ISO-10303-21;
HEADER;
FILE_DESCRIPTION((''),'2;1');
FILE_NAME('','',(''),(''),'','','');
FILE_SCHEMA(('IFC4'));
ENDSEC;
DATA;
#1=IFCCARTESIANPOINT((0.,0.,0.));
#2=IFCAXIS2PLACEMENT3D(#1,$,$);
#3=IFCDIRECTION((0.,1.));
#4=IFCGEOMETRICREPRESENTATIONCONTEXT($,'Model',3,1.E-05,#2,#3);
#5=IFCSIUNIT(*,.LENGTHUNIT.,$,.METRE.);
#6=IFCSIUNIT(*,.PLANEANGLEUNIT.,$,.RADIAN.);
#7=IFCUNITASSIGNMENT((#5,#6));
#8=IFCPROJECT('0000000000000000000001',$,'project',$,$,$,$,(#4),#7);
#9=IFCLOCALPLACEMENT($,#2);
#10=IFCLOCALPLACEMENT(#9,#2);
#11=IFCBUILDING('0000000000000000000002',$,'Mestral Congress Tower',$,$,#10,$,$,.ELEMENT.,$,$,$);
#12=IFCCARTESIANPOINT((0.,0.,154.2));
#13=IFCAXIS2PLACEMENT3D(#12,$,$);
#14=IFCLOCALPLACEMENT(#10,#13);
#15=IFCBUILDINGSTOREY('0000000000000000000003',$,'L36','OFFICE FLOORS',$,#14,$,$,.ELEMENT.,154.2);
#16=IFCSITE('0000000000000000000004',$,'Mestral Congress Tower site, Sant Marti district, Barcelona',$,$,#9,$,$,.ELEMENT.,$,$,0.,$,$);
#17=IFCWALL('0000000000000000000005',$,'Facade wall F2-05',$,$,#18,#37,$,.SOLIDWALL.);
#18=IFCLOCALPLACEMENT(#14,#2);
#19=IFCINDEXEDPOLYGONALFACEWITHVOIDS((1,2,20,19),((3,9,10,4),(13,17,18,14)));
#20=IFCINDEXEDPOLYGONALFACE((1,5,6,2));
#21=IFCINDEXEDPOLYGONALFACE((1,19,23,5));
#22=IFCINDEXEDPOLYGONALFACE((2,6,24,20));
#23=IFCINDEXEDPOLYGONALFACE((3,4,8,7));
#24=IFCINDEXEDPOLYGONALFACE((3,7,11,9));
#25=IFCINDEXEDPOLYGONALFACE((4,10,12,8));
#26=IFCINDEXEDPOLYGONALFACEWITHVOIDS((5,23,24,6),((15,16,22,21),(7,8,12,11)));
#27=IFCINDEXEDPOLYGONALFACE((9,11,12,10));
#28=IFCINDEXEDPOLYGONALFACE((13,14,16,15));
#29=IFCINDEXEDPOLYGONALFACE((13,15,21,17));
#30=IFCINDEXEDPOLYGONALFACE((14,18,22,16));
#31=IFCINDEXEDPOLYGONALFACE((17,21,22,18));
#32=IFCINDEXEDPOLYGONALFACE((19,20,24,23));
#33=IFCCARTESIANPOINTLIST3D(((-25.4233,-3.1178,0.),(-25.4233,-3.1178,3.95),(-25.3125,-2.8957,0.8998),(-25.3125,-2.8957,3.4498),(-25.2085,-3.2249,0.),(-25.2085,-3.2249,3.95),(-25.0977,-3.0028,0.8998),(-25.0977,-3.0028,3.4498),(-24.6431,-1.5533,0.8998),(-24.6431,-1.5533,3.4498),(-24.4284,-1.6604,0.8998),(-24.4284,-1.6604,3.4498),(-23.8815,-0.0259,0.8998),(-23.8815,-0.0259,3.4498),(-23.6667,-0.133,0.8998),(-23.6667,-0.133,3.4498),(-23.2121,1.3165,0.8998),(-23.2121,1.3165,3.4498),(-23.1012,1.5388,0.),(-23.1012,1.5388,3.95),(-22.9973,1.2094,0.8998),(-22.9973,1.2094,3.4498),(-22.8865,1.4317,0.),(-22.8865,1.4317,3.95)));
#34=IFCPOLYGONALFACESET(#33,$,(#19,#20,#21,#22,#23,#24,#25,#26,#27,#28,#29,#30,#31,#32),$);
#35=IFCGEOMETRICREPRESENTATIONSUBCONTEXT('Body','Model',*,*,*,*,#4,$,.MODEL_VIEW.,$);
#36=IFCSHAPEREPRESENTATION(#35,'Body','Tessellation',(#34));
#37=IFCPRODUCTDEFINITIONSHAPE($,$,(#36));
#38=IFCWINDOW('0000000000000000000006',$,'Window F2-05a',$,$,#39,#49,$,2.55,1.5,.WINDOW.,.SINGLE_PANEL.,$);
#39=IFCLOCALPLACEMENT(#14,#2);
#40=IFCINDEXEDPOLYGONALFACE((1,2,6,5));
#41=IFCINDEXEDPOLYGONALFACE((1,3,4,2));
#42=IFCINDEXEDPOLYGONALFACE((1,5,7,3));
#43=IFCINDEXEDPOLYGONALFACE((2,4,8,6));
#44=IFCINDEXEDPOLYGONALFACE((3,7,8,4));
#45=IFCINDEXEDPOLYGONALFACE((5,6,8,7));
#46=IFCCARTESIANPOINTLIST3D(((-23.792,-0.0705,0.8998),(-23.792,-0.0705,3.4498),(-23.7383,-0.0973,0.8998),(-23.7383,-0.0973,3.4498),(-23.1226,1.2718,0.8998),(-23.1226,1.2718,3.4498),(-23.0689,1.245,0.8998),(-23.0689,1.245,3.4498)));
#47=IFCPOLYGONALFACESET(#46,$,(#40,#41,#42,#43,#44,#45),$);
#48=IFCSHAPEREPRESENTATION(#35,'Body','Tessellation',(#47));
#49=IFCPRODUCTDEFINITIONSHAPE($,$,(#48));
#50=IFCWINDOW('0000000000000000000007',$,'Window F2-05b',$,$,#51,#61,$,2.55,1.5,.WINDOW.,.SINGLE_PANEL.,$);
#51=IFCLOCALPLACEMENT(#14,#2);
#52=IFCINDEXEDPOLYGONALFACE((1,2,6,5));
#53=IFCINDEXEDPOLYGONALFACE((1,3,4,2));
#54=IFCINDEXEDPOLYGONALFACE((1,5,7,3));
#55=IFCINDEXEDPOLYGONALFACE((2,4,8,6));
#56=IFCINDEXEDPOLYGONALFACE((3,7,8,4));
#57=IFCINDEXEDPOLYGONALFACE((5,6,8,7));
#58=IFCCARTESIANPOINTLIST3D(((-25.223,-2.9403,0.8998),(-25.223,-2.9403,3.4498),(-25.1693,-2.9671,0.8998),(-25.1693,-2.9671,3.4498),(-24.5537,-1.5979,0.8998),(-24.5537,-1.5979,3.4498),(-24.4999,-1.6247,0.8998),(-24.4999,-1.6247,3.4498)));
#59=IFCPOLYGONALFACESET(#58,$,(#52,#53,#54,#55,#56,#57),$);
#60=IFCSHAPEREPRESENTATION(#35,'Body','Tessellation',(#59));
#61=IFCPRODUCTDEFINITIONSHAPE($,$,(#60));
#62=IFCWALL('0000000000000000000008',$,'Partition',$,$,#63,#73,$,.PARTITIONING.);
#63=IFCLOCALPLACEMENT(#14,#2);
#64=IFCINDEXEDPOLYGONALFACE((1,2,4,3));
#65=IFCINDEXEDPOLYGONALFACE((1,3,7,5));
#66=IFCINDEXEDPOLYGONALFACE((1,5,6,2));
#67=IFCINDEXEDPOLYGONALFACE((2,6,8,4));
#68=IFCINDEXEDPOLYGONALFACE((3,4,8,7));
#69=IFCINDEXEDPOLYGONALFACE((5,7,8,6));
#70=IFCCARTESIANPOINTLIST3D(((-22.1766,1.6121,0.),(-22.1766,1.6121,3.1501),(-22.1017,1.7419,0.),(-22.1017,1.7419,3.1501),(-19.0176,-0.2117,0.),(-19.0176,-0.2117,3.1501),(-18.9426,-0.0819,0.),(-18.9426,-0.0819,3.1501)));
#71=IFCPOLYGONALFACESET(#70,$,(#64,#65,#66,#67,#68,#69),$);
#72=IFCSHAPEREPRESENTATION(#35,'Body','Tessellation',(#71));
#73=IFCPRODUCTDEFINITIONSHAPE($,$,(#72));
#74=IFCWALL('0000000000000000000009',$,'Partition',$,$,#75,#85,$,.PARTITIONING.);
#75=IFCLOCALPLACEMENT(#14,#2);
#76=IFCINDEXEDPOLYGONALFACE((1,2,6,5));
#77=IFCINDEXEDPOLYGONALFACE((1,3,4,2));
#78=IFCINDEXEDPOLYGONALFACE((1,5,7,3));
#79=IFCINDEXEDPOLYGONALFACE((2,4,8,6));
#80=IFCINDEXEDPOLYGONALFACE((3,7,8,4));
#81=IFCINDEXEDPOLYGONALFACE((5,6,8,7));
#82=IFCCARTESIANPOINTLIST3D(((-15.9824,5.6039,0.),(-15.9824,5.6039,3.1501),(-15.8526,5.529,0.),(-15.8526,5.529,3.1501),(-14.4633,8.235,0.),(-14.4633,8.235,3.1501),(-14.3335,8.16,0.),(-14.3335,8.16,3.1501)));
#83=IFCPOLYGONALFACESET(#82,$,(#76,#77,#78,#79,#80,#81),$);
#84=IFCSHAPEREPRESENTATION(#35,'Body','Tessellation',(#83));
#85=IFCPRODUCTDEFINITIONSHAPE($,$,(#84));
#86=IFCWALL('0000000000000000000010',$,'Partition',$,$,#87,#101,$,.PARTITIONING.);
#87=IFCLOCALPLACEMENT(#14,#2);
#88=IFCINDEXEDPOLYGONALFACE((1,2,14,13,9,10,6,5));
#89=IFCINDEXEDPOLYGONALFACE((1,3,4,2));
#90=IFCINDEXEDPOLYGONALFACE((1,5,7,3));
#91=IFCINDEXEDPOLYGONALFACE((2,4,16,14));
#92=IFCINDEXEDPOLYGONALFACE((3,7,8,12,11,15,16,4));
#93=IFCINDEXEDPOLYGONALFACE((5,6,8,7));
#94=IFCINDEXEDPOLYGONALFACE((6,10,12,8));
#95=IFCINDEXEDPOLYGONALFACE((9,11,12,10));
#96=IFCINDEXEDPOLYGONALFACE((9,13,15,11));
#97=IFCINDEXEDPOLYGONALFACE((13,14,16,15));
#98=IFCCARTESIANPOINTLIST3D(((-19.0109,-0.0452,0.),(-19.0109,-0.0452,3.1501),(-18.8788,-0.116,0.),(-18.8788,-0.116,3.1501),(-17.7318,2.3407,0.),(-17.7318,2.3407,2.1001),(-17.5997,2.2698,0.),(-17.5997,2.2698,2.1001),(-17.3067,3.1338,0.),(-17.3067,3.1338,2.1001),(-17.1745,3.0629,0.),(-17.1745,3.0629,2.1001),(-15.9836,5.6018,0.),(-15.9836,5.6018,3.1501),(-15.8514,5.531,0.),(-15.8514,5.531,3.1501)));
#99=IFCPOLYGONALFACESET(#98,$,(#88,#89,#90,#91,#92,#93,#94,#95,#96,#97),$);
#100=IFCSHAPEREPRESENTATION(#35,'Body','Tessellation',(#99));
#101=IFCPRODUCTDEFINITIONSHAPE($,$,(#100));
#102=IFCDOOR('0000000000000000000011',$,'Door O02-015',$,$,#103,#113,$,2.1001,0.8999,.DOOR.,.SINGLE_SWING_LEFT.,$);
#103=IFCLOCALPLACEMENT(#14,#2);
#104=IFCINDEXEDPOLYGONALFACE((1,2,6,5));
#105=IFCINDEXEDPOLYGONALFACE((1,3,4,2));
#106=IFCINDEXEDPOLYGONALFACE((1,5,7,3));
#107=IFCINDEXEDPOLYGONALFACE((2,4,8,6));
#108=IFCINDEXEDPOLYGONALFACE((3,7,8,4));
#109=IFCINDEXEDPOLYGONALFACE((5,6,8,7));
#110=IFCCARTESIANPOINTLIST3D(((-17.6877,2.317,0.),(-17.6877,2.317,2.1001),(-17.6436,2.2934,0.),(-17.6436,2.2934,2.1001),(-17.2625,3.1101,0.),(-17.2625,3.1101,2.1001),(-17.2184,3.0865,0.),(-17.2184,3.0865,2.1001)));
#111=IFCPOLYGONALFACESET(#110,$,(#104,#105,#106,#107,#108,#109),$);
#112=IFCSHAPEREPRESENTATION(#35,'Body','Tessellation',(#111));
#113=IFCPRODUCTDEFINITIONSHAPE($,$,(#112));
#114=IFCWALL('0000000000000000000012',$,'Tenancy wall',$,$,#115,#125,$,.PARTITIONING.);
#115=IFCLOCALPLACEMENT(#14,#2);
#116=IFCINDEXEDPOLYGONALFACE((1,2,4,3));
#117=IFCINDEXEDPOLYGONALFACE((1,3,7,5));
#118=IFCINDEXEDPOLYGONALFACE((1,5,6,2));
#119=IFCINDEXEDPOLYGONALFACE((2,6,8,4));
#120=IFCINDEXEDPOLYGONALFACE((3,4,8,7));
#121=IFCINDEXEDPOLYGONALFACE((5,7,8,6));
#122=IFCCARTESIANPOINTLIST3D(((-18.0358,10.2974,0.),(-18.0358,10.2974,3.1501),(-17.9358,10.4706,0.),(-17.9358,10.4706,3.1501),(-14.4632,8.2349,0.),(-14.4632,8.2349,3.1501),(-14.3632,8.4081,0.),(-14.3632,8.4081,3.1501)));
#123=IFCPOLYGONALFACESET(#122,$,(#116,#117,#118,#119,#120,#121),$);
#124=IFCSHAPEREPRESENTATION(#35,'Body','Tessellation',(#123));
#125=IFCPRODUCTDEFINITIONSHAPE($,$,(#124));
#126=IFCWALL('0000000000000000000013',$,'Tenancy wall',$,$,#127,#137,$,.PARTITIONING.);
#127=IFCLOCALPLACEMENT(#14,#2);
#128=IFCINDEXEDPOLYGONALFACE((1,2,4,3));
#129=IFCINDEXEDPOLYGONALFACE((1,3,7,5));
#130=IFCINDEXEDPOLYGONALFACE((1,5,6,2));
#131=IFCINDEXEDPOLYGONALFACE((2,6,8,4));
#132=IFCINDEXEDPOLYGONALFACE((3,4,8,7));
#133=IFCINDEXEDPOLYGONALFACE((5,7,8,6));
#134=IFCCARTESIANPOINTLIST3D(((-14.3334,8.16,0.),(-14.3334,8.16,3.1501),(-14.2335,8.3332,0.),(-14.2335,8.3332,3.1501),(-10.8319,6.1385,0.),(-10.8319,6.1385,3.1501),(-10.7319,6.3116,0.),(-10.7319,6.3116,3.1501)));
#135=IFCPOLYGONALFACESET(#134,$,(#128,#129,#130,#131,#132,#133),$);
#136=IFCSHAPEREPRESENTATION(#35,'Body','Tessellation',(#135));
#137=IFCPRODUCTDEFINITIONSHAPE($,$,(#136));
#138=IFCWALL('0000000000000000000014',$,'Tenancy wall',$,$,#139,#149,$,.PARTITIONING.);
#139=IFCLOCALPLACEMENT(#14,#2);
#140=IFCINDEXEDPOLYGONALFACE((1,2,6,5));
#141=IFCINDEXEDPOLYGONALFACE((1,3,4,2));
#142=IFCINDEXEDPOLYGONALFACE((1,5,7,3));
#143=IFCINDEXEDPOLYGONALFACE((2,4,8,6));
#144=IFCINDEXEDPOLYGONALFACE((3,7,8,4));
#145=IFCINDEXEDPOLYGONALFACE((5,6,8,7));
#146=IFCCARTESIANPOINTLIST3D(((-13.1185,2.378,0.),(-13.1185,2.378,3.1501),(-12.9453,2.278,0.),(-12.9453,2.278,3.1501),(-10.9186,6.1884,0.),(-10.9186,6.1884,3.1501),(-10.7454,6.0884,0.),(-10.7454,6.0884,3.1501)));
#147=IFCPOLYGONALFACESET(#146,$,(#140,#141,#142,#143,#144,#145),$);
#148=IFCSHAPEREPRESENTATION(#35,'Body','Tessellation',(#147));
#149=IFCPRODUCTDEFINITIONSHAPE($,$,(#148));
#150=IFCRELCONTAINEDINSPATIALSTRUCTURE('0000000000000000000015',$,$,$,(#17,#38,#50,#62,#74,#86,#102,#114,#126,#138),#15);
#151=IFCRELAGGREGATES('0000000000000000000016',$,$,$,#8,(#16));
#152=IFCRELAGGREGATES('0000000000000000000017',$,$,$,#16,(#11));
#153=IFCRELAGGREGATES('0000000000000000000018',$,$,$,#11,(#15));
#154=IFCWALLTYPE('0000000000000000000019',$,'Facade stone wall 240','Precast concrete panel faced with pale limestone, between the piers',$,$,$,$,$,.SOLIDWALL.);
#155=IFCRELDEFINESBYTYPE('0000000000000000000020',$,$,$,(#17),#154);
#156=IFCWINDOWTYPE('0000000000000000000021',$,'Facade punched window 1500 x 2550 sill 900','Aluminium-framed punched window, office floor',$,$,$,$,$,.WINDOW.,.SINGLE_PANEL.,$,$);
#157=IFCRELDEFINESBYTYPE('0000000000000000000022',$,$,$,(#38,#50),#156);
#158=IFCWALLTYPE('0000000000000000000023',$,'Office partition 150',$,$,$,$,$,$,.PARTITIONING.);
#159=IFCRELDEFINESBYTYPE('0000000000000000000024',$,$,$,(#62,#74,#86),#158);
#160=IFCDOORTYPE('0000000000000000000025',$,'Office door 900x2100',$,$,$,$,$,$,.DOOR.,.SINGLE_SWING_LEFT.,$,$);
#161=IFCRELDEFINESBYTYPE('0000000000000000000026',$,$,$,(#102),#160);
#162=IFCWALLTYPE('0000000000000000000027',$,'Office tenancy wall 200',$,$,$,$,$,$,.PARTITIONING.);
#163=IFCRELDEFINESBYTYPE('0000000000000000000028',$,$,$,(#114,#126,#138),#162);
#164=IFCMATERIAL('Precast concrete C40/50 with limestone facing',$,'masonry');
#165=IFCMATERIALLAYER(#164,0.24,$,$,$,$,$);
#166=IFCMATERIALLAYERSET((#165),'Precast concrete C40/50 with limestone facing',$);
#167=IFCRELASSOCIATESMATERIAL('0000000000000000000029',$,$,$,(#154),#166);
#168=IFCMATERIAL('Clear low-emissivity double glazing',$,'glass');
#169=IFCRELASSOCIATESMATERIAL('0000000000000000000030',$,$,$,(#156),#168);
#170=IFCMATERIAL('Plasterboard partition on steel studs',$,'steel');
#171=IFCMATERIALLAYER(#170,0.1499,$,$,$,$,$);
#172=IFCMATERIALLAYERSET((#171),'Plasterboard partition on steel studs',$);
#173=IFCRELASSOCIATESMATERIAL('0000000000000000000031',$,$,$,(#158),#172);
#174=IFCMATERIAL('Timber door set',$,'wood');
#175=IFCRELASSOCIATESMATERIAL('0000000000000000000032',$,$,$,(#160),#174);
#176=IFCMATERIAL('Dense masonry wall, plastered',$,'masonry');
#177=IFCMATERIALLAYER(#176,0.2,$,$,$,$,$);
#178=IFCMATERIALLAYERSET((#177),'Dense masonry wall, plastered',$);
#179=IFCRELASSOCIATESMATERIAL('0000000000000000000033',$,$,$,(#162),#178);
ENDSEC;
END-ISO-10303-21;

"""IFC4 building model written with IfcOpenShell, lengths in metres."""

from ifc_helpers import new_model, si_unit, direction, frame, frame_2d, origin, place, context, subcontext, project, spatial, rectangle, extrude, material, layer, layer_set, type_object, element, fill, save


model = new_model("IFC4")

# Units and contexts
model_context = context("Model", 3, precision=1e-05, world=origin(), true_north=direction((0.0, 1.0)))
body_context = subcontext(model_context, "Body", "Model", "MODEL_VIEW")
ifc_project = project(units=[si_unit("LENGTHUNIT", "METRE"), si_unit("PLANEANGLEUNIT", "RADIAN")], contexts=[model_context])

# Site, building, storey
site_placement = place(None, origin())
site = spatial("IfcSite", under=ifc_project, at=site_placement, Name="Mestral Congress Tower site, Sant Marti district, Barcelona", CompositionType="ELEMENT", RefElevation=0.0)
building_placement = place(site_placement, origin())
building = spatial("IfcBuilding", under=site, at=building_placement, Name="Mestral Congress Tower", CompositionType="ELEMENT")
storey_placement = place(building_placement, frame((0.0, 0.0, 154.2)))
storey = spatial("IfcBuildingStorey", under=building, at=storey_placement, Name="L36", Description="OFFICE FLOORS", CompositionType="ELEMENT", Elevation=154.2)

# Wall, openings, windows
ifc_material_1 = material(Name="Precast concrete C40/50 with limestone facing", Category="masonry")
ifc_layer_1 = layer(ifc_material_1, 0.24)
ifc_layer_set_1 = layer_set([ifc_layer_1], Name="Precast concrete C40/50 with limestone facing")
wall_type_1 = type_object("IfcWallType", Name="Facade stone wall 240", Description="Precast concrete panel faced with pale limestone, between the piers", PredefinedType="SOLIDWALL", material=ifc_layer_set_1)
ifc_material_2 = material(Name="Clear low-emissivity double glazing", Category="glass")
window_type = type_object("IfcWindowType", Name="Facade punched window 1500 x 2550 sill 900", Description="Aluminium-framed punched window, office floor", PartitioningType="SINGLE_PANEL", PredefinedType="WINDOW", material=ifc_material_2)
wall_1_placement = place(storey_placement, frame((-22.9939, 1.4851, 0.0), z_axis=(0.0, 0.0, 1.0), x_axis=(-0.446256, -0.894905, 0.0)))
wall_1 = element("IfcWall", 1, at=wall_1_placement, inside=storey, type_object=wall_type_1, Name="Facade wall F2-05", PredefinedType="SOLIDWALL", context=body_context, shape_type="SweptSolid", body=[
    extrude(rectangle(XDim=5.2034, YDim=0.24, at=frame_2d((2.6016, 0.0))), origin(), (0.0, 0.0, 1.0), 3.95),
])
opening_1_placement = place(wall_1_placement, frame((0.2483, 0.0, 0.8999)))
opening_1 = element("IfcOpeningElement", 2, at=opening_1_placement, cuts=wall_1, PredefinedType="OPENING", context=body_context, shape_type="SweptSolid", body=[
    extrude(rectangle(XDim=1.5, YDim=2.55, at=frame_2d((0.75, 1.2749))), frame((0.0, 0.1299, 0.0), z_axis=(0.0, -1.0, 0.0), x_axis=(1.0, 0.0, 0.0)), (0.0, 0.0, 1.0), 0.26),
])
opening_2_placement = place(wall_1_placement, frame((3.4551, 0.0, 0.8999)))
opening_2 = element("IfcOpeningElement", 3, at=opening_2_placement, cuts=wall_1, PredefinedType="OPENING", context=body_context, shape_type="SweptSolid", body=[
    extrude(rectangle(XDim=1.5, YDim=2.55, at=frame_2d((0.75, 1.2749))), frame((0.0, 0.1299, 0.0), z_axis=(0.0, -1.0, 0.0), x_axis=(1.0, 0.0, 0.0)), (0.0, 0.0, 1.0), 0.26),
])
window_1_placement = place(opening_1_placement, origin())
window_1 = element("IfcWindow", 4, at=window_1_placement, inside=storey, type_object=window_type, Name="Window F2-05a", OverallHeight=2.55, OverallWidth=1.5, PartitioningType="SINGLE_PANEL", PredefinedType="WINDOW", context=body_context, shape_type="SweptSolid", body=[
    extrude(rectangle(XDim=1.5, YDim=2.55, at=frame_2d((0.75, 1.2749))), frame((0.0, 0.04, 0.0), z_axis=(0.0, -1.0, 0.0), x_axis=(1.0, 0.0, 0.0)), (0.0, 0.0, 1.0), 0.0601),
])
fill(opening_1, window_1)
window_2_placement = place(opening_2_placement, origin())
window_2 = element("IfcWindow", 5, at=window_2_placement, inside=storey, type_object=window_type, Name="Window F2-05b", OverallHeight=2.55, OverallWidth=1.5, PartitioningType="SINGLE_PANEL", PredefinedType="WINDOW", context=body_context, shape_type="SweptSolid", body=[
    extrude(rectangle(XDim=1.5, YDim=2.55, at=frame_2d((0.75, 1.2749))), frame((0.0, 0.04, 0.0), z_axis=(0.0, -1.0, 0.0), x_axis=(1.0, 0.0, 0.0)), (0.0, 0.0, 1.0), 0.0601),
])
fill(opening_2, window_2)

# Walls
ifc_material_3 = material(Name="Plasterboard partition on steel studs", Category="steel")
ifc_layer_2 = layer(ifc_material_3, 0.1499)
ifc_layer_set_2 = layer_set([ifc_layer_2], Name="Plasterboard partition on steel studs")
wall_type_2 = type_object("IfcWallType", Name="Office partition 150", PredefinedType="PARTITIONING", material=ifc_layer_set_2)
wall_2_placement = place(storey_placement, frame((-18.9802, -0.1467, 0.0), z_axis=(0.0, 0.0, 1.0), x_axis=(-0.866035, 0.499983, 0.0)))
element("IfcWall", 6, at=wall_2_placement, inside=storey, type_object=wall_type_2, Name="Partition", PredefinedType="PARTITIONING", context=body_context, shape_type="SweptSolid", body=[
    extrude(rectangle(XDim=3.6477, YDim=0.1499, at=frame_2d((1.8237, 0.0))), origin(), (0.0, 0.0, 1.0), 3.1501),
])
wall_3_placement = place(storey_placement, frame((-14.3984, 8.1975, 0.0), z_axis=(0.0, 0.0, 1.0), x_axis=(-0.499994, -0.866029, 0.0)))
element("IfcWall", 7, at=wall_3_placement, inside=storey, type_object=wall_type_2, Name="Partition", PredefinedType="PARTITIONING", context=body_context, shape_type="SweptSolid", body=[
    extrude(rectangle(XDim=3.0381, YDim=0.1499, at=frame_2d((1.519, 0.0))), origin(), (0.0, 0.0, 1.0), 3.1501),
])

# Wall, opening, door
wall_4_placement = place(storey_placement, frame((-18.9448, -0.0806, 0.0), z_axis=(0.0, 0.0, 1.0), x_axis=(0.472486, 0.881338, 0.0)))
wall_4 = element("IfcWall", 8, at=wall_4_placement, inside=storey, type_object=wall_type_2, Name="Partition", PredefinedType="PARTITIONING", context=body_context, shape_type="SweptSolid", body=[
    extrude(rectangle(XDim=6.4072, YDim=0.1499, at=frame_2d((3.2036, 0.0))), origin(), (0.0, 0.0, 1.0), 3.1501),
])
opening_3_placement = place(wall_4_placement, frame((2.707, 0.0, 0.0)))
opening_3 = element("IfcOpeningElement", 9, at=opening_3_placement, cuts=wall_4, PredefinedType="OPENING", context=body_context, shape_type="SweptSolid", body=[
    extrude(rectangle(XDim=0.8999, YDim=2.1001, at=frame_2d((0.45, 1.05))), frame((0.0, 0.085, 0.0), z_axis=(0.0, -1.0, 0.0), x_axis=(1.0, 0.0, 0.0)), (0.0, 0.0, 1.0), 0.1699),
])
ifc_material_4 = material(Name="Timber door set", Category="wood")
door_type_1 = type_object("IfcDoorType", Name="Office door 900x2100", OperationType="SINGLE_SWING_LEFT", PredefinedType="DOOR", material=ifc_material_4)
door_1_placement = place(opening_3_placement, origin())
door_1 = element("IfcDoor", 10, at=door_1_placement, inside=storey, type_object=door_type_1, Name="Door O02-015", OperationType="SINGLE_SWING_LEFT", OverallHeight=2.1001, OverallWidth=0.8999, PredefinedType="DOOR", context=body_context, shape_type="SweptSolid", body=[
    extrude(rectangle(XDim=0.8999, YDim=2.1001, at=frame_2d((0.45, 1.05))), frame((0.0, 0.0249, 0.0), z_axis=(0.0, -1.0, 0.0), x_axis=(1.0, 0.0, 0.0)), (0.0, 0.0, 1.0), 0.05),
])
fill(opening_3, door_1)

# Walls
ifc_material_5 = material(Name="Dense masonry wall, plastered", Category="masonry")
ifc_layer_3 = layer(ifc_material_5, 0.2)
ifc_layer_set_3 = layer_set([ifc_layer_3], Name="Dense masonry wall, plastered")
wall_type_3 = type_object("IfcWallType", Name="Office tenancy wall 200", PredefinedType="PARTITIONING", material=ifc_layer_set_3)
wall_5_placement = place(storey_placement, frame((-14.4133, 8.3215, 0.0), z_axis=(0.0, 0.0, 1.0), x_axis=(-0.866035, 0.499984, 0.0)))
element("IfcWall", 11, at=wall_5_placement, inside=storey, type_object=wall_type_3, Name="Tenancy wall", PredefinedType="PARTITIONING", context=body_context, shape_type="SweptSolid", body=[
    extrude(rectangle(XDim=4.1252, YDim=0.2, at=frame_2d((2.0625, 0.0))), origin(), (0.0, 0.0, 1.0), 3.1501),
])
wall_6_placement = place(storey_placement, frame((-10.782, 6.2251, 0.0), z_axis=(0.0, 0.0, 1.0), x_axis=(-0.866035, 0.499984, 0.0)))
element("IfcWall", 12, at=wall_6_placement, inside=storey, type_object=wall_type_3, Name="Tenancy wall", PredefinedType="PARTITIONING", context=body_context, shape_type="SweptSolid", body=[
    extrude(rectangle(XDim=4.0432, YDim=0.2, at=frame_2d((2.0215, 0.0))), origin(), (0.0, 0.0, 1.0), 3.1501),
])
wall_7_placement = place(storey_placement, frame((-10.832, 6.1384, 0.0), z_axis=(0.0, 0.0, 1.0), x_axis=(-0.499988, -0.866032, 0.0)))
element("IfcWall", 13, at=wall_7_placement, inside=storey, type_object=wall_type_3, Name="Tenancy wall", PredefinedType="PARTITIONING", context=body_context, shape_type="SweptSolid", body=[
    extrude(rectangle(XDim=4.3999, YDim=0.2, at=frame_2d((2.2, 0.0))), origin(), (0.0, 0.0, 1.0), 3.1501),
])

save(model, "model.ifc")
